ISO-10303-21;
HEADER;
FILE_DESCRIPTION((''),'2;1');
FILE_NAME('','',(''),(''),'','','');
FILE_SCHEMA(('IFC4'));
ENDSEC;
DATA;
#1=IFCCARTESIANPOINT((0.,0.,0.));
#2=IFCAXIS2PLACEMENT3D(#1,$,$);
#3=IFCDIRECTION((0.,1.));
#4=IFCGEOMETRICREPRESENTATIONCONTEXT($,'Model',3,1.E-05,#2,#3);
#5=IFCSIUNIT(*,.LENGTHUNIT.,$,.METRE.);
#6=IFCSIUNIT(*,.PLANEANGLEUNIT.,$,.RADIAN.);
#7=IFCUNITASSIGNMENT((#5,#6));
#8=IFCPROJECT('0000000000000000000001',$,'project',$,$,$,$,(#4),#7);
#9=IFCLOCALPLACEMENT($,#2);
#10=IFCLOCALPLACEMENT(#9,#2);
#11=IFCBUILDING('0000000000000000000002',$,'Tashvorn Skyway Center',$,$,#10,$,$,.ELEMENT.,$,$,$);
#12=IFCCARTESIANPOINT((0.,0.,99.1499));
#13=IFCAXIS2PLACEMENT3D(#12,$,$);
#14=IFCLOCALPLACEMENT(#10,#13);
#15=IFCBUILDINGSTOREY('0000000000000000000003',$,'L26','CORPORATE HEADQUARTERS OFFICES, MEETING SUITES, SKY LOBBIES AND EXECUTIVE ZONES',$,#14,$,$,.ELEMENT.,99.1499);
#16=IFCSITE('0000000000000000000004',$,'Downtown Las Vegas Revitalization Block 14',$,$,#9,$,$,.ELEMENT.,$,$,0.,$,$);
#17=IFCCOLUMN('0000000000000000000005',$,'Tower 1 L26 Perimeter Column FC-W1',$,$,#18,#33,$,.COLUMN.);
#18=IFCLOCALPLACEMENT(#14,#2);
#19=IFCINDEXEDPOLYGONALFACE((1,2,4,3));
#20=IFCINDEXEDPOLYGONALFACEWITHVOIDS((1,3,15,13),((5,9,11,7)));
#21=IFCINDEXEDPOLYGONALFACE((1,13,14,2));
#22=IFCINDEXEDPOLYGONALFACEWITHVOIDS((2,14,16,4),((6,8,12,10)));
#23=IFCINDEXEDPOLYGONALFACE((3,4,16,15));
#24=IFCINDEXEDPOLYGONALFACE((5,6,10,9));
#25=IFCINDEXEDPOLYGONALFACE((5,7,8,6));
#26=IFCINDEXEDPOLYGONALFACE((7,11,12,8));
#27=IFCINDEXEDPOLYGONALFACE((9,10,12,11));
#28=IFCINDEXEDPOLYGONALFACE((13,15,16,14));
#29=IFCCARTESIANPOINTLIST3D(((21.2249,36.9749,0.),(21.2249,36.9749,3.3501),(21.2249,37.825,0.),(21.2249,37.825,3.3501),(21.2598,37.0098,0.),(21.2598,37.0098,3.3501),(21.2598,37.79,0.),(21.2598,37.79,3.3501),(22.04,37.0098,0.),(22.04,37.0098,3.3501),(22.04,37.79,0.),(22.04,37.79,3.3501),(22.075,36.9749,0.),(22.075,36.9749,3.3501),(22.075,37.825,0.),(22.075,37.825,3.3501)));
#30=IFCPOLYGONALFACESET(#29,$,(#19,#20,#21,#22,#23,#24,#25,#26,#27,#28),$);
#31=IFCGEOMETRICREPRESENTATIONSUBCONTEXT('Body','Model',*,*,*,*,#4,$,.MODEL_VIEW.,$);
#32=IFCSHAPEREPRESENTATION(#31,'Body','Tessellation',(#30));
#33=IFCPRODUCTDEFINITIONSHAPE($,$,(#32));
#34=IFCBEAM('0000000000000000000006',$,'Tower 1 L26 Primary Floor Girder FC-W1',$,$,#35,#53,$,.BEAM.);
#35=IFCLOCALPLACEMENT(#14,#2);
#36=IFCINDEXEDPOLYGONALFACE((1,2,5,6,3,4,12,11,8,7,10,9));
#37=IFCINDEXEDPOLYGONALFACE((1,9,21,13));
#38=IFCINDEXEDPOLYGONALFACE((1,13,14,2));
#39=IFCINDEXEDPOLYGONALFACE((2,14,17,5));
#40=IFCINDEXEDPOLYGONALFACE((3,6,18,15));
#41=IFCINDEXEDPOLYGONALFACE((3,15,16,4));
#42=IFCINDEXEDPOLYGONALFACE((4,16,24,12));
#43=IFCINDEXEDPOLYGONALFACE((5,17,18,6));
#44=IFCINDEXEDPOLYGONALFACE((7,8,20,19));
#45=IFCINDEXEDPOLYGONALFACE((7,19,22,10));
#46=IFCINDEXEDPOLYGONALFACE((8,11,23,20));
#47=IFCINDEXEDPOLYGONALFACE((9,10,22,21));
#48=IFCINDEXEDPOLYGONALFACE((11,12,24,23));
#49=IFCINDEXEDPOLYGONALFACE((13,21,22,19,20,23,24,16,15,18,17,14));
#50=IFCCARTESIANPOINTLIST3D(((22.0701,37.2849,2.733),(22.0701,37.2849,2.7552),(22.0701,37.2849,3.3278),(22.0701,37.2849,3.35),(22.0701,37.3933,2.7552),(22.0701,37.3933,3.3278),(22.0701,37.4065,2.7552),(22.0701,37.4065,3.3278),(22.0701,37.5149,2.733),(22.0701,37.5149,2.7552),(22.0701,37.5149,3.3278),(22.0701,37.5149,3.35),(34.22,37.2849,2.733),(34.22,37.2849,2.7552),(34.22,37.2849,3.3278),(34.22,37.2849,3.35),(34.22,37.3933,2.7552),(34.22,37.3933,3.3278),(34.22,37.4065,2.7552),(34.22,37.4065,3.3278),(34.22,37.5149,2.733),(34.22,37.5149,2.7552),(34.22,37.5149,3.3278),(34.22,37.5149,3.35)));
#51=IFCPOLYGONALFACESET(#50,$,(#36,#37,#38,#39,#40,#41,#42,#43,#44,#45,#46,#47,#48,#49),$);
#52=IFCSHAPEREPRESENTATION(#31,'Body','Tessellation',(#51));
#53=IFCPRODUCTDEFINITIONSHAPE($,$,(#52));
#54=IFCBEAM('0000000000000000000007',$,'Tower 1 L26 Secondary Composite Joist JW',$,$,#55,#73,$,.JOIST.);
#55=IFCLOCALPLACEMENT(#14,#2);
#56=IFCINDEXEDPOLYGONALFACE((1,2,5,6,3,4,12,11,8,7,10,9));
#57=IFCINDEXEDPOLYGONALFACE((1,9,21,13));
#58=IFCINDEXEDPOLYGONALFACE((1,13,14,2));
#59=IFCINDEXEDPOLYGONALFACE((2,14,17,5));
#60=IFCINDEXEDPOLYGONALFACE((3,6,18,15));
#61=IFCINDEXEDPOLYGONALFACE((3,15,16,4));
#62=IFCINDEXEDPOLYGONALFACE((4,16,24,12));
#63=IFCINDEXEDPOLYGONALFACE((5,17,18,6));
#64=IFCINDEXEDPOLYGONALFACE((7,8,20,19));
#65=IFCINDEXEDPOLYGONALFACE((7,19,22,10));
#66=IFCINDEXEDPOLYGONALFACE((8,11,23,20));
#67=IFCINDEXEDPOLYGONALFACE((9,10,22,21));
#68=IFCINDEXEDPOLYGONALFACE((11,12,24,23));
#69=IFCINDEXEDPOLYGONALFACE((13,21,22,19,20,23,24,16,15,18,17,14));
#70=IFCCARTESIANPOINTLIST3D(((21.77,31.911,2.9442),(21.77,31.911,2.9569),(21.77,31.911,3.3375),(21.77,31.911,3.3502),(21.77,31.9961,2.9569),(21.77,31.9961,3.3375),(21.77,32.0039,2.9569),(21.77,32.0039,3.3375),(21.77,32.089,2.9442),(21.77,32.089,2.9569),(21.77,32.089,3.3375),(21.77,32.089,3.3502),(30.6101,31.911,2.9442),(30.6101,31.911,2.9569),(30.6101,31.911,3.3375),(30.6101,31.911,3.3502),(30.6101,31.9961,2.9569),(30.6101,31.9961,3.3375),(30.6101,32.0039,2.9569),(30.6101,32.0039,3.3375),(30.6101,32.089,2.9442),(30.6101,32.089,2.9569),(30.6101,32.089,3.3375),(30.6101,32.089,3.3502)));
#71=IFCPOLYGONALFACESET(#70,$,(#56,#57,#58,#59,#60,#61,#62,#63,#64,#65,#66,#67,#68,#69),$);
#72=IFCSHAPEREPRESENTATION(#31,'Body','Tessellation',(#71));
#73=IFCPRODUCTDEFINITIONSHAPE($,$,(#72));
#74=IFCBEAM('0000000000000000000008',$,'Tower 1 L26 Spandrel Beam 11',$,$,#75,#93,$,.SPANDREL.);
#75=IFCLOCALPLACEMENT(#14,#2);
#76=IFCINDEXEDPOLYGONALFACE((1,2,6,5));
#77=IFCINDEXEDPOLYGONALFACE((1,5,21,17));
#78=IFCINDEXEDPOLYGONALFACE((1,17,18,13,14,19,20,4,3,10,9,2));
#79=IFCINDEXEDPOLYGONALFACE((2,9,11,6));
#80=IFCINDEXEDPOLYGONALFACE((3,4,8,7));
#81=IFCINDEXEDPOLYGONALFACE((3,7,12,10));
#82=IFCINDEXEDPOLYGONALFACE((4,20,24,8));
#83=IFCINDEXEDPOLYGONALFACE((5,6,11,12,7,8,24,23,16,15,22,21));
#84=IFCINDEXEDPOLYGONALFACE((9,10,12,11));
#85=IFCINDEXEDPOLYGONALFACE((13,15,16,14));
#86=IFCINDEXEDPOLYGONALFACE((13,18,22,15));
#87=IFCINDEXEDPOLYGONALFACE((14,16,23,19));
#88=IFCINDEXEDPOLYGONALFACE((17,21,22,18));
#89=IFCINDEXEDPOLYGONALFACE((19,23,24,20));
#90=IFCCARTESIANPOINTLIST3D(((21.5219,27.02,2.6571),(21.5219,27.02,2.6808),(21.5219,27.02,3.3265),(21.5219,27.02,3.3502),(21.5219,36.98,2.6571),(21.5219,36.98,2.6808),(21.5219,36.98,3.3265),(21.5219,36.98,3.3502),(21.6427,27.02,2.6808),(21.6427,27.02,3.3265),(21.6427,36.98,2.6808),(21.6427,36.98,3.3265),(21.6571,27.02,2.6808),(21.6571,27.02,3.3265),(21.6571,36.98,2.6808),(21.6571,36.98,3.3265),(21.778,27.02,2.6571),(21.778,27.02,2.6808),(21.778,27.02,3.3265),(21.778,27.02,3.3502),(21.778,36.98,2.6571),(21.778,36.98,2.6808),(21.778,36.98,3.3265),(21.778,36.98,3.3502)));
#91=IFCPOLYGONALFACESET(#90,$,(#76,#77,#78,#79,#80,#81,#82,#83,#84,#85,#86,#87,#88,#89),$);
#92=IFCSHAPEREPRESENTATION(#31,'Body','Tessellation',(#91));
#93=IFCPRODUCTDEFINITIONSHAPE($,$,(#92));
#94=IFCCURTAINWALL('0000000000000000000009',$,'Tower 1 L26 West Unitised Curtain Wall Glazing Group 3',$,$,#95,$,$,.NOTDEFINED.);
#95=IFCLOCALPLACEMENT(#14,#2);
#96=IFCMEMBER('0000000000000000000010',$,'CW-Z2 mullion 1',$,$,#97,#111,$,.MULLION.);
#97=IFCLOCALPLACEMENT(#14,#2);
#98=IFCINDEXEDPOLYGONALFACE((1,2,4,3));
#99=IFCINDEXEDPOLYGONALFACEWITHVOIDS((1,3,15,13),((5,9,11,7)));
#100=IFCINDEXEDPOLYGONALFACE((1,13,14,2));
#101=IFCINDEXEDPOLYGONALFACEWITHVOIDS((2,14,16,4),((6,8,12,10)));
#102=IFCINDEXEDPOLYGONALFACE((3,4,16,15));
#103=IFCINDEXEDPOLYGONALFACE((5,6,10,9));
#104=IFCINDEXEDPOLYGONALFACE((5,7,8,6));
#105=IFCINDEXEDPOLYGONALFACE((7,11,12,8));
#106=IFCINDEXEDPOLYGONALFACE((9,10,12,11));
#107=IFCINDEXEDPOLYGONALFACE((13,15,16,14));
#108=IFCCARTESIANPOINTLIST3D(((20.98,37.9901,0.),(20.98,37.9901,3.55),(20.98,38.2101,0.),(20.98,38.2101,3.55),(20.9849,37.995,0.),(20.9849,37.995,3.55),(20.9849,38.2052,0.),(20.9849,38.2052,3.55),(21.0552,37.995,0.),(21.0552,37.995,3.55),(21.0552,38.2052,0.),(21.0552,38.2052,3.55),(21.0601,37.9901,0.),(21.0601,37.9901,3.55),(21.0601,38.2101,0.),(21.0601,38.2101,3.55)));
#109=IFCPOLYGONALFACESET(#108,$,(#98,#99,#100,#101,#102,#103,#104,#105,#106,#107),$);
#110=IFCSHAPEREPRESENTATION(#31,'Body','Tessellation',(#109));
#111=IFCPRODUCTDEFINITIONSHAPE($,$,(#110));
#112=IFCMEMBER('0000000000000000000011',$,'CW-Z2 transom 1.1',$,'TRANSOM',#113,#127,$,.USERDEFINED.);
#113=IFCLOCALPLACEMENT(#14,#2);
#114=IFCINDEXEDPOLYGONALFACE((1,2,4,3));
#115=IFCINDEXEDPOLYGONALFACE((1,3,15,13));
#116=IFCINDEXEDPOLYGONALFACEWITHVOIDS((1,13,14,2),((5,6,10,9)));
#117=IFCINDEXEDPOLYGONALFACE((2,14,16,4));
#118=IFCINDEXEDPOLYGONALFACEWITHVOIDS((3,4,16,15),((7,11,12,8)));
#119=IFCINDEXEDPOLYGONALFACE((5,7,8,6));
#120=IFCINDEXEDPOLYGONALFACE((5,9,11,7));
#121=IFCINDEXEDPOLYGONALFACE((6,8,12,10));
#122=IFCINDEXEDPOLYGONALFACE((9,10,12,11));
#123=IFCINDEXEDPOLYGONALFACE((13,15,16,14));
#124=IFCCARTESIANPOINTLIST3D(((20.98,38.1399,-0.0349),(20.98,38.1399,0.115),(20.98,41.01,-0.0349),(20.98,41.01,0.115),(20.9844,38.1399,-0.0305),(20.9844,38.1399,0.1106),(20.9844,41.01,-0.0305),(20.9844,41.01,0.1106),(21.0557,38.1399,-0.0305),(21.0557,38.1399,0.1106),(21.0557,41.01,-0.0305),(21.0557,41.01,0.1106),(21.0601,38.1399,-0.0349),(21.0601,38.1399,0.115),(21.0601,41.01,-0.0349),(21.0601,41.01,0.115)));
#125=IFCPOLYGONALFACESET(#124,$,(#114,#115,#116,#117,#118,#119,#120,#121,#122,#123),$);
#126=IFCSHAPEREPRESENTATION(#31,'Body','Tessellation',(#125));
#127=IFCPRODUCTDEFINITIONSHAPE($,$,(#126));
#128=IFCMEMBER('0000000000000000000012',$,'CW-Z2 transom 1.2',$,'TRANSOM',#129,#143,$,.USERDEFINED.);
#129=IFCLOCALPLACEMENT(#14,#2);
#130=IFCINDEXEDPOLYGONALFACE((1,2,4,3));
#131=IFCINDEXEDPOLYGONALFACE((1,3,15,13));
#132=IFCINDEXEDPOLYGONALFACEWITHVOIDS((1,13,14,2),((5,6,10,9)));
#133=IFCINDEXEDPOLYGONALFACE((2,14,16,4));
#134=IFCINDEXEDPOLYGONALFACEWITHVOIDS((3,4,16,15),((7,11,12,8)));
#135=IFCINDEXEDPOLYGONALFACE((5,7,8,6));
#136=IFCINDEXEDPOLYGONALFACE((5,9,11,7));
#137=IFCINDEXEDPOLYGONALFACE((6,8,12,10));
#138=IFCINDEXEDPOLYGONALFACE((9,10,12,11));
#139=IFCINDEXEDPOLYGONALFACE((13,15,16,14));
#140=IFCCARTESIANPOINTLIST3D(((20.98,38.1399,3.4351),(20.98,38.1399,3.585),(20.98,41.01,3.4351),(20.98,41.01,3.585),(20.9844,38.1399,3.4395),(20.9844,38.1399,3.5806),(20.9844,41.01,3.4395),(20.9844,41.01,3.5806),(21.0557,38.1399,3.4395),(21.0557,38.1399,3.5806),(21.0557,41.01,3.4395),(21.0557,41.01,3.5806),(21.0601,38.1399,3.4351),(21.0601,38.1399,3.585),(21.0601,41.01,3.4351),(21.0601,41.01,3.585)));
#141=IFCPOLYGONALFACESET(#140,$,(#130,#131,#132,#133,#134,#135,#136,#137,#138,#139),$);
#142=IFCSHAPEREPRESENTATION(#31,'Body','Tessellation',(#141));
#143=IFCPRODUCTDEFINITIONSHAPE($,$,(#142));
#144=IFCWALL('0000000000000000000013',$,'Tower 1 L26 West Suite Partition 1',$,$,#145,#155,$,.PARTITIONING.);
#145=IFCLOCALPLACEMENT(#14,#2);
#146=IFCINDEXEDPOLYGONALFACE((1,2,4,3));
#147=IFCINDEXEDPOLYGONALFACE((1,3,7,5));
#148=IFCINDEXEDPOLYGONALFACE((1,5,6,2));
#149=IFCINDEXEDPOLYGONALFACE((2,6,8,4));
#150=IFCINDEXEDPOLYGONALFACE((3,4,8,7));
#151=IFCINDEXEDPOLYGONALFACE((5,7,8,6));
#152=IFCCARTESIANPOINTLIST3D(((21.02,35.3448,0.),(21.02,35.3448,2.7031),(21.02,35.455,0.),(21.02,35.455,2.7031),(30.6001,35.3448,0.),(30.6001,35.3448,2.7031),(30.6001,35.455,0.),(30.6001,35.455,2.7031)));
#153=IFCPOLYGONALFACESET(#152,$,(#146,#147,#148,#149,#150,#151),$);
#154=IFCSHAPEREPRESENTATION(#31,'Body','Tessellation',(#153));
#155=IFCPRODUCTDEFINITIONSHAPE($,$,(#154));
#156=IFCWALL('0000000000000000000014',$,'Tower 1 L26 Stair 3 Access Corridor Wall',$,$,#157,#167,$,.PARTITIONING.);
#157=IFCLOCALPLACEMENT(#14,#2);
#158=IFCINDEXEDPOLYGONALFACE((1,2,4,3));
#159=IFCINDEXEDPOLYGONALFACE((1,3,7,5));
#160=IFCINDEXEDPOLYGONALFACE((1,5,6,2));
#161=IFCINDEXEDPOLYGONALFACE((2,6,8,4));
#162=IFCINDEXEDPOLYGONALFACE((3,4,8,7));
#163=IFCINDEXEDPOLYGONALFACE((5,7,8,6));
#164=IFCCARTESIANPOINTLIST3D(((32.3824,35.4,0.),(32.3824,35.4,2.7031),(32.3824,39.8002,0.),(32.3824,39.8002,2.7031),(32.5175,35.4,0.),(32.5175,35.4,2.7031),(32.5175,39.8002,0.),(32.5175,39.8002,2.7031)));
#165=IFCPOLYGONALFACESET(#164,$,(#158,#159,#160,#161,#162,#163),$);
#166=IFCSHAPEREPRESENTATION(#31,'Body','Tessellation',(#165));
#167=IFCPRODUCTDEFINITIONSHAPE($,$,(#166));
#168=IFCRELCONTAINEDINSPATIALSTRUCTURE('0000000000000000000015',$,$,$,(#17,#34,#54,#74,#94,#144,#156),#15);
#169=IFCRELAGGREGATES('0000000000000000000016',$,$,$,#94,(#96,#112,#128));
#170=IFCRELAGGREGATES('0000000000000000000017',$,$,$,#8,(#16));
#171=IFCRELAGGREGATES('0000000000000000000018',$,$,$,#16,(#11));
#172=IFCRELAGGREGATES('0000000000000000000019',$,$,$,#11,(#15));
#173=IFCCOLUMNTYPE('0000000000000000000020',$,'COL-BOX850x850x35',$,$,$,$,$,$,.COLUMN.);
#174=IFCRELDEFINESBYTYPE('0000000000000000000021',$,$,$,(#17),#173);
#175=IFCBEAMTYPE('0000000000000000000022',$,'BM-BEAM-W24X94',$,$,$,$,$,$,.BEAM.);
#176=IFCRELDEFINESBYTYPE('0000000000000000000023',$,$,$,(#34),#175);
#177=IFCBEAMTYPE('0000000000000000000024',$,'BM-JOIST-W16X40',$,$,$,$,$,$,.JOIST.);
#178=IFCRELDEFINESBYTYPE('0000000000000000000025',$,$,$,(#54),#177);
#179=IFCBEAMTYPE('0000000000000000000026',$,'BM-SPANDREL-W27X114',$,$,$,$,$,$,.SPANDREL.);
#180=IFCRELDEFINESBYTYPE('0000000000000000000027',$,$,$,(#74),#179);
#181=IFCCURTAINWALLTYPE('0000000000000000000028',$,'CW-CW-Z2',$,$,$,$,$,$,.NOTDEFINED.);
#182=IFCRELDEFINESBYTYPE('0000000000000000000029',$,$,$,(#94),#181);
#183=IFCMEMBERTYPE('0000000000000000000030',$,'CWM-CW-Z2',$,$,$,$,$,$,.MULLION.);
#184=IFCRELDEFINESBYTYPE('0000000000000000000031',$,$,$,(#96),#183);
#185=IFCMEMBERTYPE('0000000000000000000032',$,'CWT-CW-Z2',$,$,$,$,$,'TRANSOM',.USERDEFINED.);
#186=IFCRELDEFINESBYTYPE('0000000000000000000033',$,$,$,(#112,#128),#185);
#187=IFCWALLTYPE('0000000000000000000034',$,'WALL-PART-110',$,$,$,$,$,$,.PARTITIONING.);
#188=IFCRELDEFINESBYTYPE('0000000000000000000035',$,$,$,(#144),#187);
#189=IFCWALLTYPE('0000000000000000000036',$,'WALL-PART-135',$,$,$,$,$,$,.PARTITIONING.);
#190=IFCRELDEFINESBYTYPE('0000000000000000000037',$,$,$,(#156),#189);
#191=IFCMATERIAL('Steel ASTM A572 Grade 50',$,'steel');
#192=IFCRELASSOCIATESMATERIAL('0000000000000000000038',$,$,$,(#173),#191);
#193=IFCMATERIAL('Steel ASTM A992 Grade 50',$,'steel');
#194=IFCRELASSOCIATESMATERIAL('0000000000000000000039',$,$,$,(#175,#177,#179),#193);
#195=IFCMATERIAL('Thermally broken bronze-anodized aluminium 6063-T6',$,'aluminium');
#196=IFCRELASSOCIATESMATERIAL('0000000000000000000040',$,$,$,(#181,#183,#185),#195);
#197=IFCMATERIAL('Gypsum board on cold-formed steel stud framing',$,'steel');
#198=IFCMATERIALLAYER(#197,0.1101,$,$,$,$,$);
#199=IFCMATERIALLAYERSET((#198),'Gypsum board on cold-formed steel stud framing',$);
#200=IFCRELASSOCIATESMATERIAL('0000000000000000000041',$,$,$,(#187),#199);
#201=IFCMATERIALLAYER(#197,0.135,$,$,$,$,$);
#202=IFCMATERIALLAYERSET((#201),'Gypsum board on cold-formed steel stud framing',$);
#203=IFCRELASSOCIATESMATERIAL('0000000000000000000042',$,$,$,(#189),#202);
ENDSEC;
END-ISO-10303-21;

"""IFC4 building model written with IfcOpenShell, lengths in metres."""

from ifc_helpers import new_model, si_unit, direction, frame, frame_2d, origin, origin_2d, place, context, subcontext, project, spatial, rectangle, hollow_rectangle, i_section, extrude, material, layer, layer_set, material_profile, profile_set, type_object, element, aggregate, save


model = new_model("IFC4")

# Units and contexts
model_context = context("Model", 3, precision=1e-05, world=origin(), true_north=direction((0.0, 1.0)))
body_context = subcontext(model_context, "Body", "Model", "MODEL_VIEW")
ifc_project = project(units=[si_unit("LENGTHUNIT", "METRE"), si_unit("PLANEANGLEUNIT", "RADIAN")], contexts=[model_context])

# Site, building, storey
site_placement = place(None, origin())
site = spatial("IfcSite", under=ifc_project, at=site_placement, Name="Downtown Las Vegas Revitalization Block 14", CompositionType="ELEMENT", RefElevation=0.0)
building_placement = place(site_placement, origin())
building = spatial("IfcBuilding", under=site, at=building_placement, Name="Tashvorn Skyway Center", CompositionType="ELEMENT")
storey_placement = place(building_placement, frame((0.0, 0.0, 99.1499)))
storey = spatial("IfcBuildingStorey", under=building, at=storey_placement, Name="L26", Description="CORPORATE HEADQUARTERS OFFICES, MEETING SUITES, SKY LOBBIES AND EXECUTIVE ZONES", CompositionType="ELEMENT", Elevation=99.1499)

# Column
ifc_material_1 = material(Name="Steel ASTM A572 Grade 50", Category="steel")
ifc_material_profile_1 = material_profile(ifc_material_1, hollow_rectangle(XDim=0.8501, YDim=0.8501, WallThickness=0.0349, at=origin_2d()), Name="BOX850x850x35")
ifc_profile_set_1 = profile_set([ifc_material_profile_1], Name="Steel ASTM A572 Grade 50")
column_type = type_object("IfcColumnType", Name="COL-BOX850x850x35", PredefinedType="COLUMN", material=ifc_profile_set_1)
column_placement = place(storey_placement, frame((21.6499, 37.3999, 0.0), z_axis=(0.0, 0.0, 1.0), x_axis=(1.0, 0.0, 0.0)))
element("IfcColumn", 1, at=column_placement, inside=storey, type_object=column_type, Name="Tower 1 L26 Perimeter Column FC-W1", PredefinedType="COLUMN", context=body_context, shape_type="SweptSolid", body=[
    extrude(hollow_rectangle(XDim=0.8501, YDim=0.8501, WallThickness=0.0349, at=origin_2d()), origin(), (0.0, 0.0, 1.0), 3.3501),
])

# Beams
ifc_material_2 = material(Name="Steel ASTM A992 Grade 50", Category="steel")
ifc_material_profile_2 = material_profile(ifc_material_2, i_section(OverallWidth=0.23, OverallDepth=0.6169, WebThickness=0.0132, FlangeThickness=0.0222, at=origin_2d()), Name="W24X94")
ifc_profile_set_2 = profile_set([ifc_material_profile_2], Name="Steel ASTM A992 Grade 50")
beam_type_1 = type_object("IfcBeamType", Name="BM-BEAM-W24X94", PredefinedType="BEAM", material=ifc_profile_set_2)
beam_1_placement = place(storey_placement, frame((22.0701, 37.3999, 3.0415), z_axis=(1.0, 0.0, 0.0), x_axis=(0.0, 1.0, 0.0)))
element("IfcBeam", 2, at=beam_1_placement, inside=storey, type_object=beam_type_1, Name="Tower 1 L26 Primary Floor Girder FC-W1", PredefinedType="BEAM", context=body_context, shape_type="SweptSolid", body=[
    extrude(i_section(OverallWidth=0.23, OverallDepth=0.6169, WebThickness=0.0132, FlangeThickness=0.0222, at=origin_2d()), origin(), (0.0, 0.0, 1.0), 12.1499),
])
ifc_material_profile_3 = material_profile(ifc_material_2, i_section(OverallWidth=0.178, OverallDepth=0.406, WebThickness=0.0078, FlangeThickness=0.0127, at=origin_2d()), Name="W16X40")
ifc_profile_set_3 = profile_set([ifc_material_profile_3], Name="Steel ASTM A992 Grade 50")
beam_type_2 = type_object("IfcBeamType", Name="BM-JOIST-W16X40", PredefinedType="JOIST", material=ifc_profile_set_3)
beam_2_placement = place(storey_placement, frame((30.6101, 32.0, 3.1472), z_axis=(-1.0, 0.0, 0.0), x_axis=(0.0, -1.0, 0.0)))
element("IfcBeam", 3, at=beam_2_placement, inside=storey, type_object=beam_type_2, Name="Tower 1 L26 Secondary Composite Joist JW", PredefinedType="JOIST", context=body_context, shape_type="SweptSolid", body=[
    extrude(i_section(OverallWidth=0.178, OverallDepth=0.406, WebThickness=0.0078, FlangeThickness=0.0127, at=origin_2d()), origin(), (0.0, 0.0, 1.0), 8.8401),
])
ifc_material_profile_4 = material_profile(ifc_material_2, i_section(OverallWidth=0.2561, OverallDepth=0.6931, WebThickness=0.0144, FlangeThickness=0.0237, at=origin_2d()), Name="W27X114")
ifc_profile_set_4 = profile_set([ifc_material_profile_4], Name="Steel ASTM A992 Grade 50")
beam_type_3 = type_object("IfcBeamType", Name="BM-SPANDREL-W27X114", PredefinedType="SPANDREL", material=ifc_profile_set_4)
beam_3_placement = place(storey_placement, frame((21.6499, 36.98, 3.0037), z_axis=(0.0, -1.0, 0.0), x_axis=(1.0, 0.0, 0.0)))
element("IfcBeam", 4, at=beam_3_placement, inside=storey, type_object=beam_type_3, Name="Tower 1 L26 Spandrel Beam 11", PredefinedType="SPANDREL", context=body_context, shape_type="SweptSolid", body=[
    extrude(i_section(OverallWidth=0.2561, OverallDepth=0.6931, WebThickness=0.0144, FlangeThickness=0.0237, at=origin_2d()), origin(), (0.0, 0.0, 1.0), 9.96),
])

# Curtain wall, members
ifc_material_3 = material(Name="Thermally broken bronze-anodized aluminium 6063-T6", Category="aluminium")
curtain_wall_type = type_object("IfcCurtainWallType", Name="CW-CW-Z2", PredefinedType="NOTDEFINED", material=ifc_material_3)
curtain_wall_placement = place(storey_placement, origin())
curtain_wall = element("IfcCurtainWall", 5, at=curtain_wall_placement, inside=storey, type_object=curtain_wall_type, Name="Tower 1 L26 West Unitised Curtain Wall Glazing Group 3", PredefinedType="NOTDEFINED")
ifc_material_profile_5 = material_profile(ifc_material_3, hollow_rectangle(XDim=0.0801, YDim=0.22, WallThickness=0.0049, at=origin_2d()), Name="ALU-MULL-80x220")
ifc_profile_set_5 = profile_set([ifc_material_profile_5], Name="Thermally broken bronze-anodized aluminium 6063-T6")
member_type_1 = type_object("IfcMemberType", Name="CWM-CW-Z2", PredefinedType="MULLION", material=ifc_profile_set_5)
member_1_placement = place(storey_placement, frame((21.02, 38.1001, 0.0), z_axis=(0.0, 0.0, 1.0), x_axis=(-1.0, 0.0, 0.0)))
member_1 = element("IfcMember", 6, at=member_1_placement, type_object=member_type_1, Name="CW-Z2 mullion 1", PredefinedType="MULLION", context=body_context, shape_type="SweptSolid", body=[
    extrude(hollow_rectangle(XDim=0.0801, YDim=0.22, WallThickness=0.0049, at=origin_2d()), origin(), (0.0, 0.0, 1.0), 3.55),
])
ifc_material_profile_6 = material_profile(ifc_material_3, hollow_rectangle(XDim=0.0801, YDim=0.1499, WallThickness=0.0044, at=origin_2d()), Name="ALU-TRAN-80x150")
ifc_profile_set_6 = profile_set([ifc_material_profile_6], Name="Thermally broken bronze-anodized aluminium 6063-T6")
member_type_2 = type_object("IfcMemberType", Name="CWT-CW-Z2", ElementType="TRANSOM", PredefinedType="USERDEFINED", material=ifc_profile_set_6)
member_2_placement = place(storey_placement, frame((21.02, 38.1399, 0.04), z_axis=(0.0, 1.0, 0.0), x_axis=(-1.0, 0.0, 0.0)))
member_2 = element("IfcMember", 7, at=member_2_placement, type_object=member_type_2, Name="CW-Z2 transom 1.1", ObjectType="TRANSOM", PredefinedType="USERDEFINED", context=body_context, shape_type="SweptSolid", body=[
    extrude(hollow_rectangle(XDim=0.0801, YDim=0.1499, WallThickness=0.0044, at=origin_2d()), origin(), (0.0, 0.0, 1.0), 2.8701),
])
member_3_placement = place(storey_placement, frame((21.02, 38.1399, 3.51), z_axis=(0.0, 1.0, 0.0), x_axis=(-1.0, 0.0, 0.0)))
member_3 = element("IfcMember", 8, at=member_3_placement, type_object=member_type_2, Name="CW-Z2 transom 1.2", ObjectType="TRANSOM", PredefinedType="USERDEFINED", context=body_context, shape_type="SweptSolid", body=[
    extrude(hollow_rectangle(XDim=0.0801, YDim=0.1499, WallThickness=0.0044, at=origin_2d()), origin(), (0.0, 0.0, 1.0), 2.8701),
])
aggregate(curtain_wall, [member_1, member_2, member_3])

# Walls
ifc_material_4 = material(Name="Gypsum board on cold-formed steel stud framing", Category="steel")
ifc_layer_1 = layer(ifc_material_4, 0.1101)
ifc_layer_set_1 = layer_set([ifc_layer_1], Name="Gypsum board on cold-formed steel stud framing")
wall_type_1 = type_object("IfcWallType", Name="WALL-PART-110", PredefinedType="PARTITIONING", material=ifc_layer_set_1)
wall_1_placement = place(storey_placement, frame((30.6001, 35.3999, 0.0), z_axis=(0.0, 0.0, 1.0), x_axis=(-1.0, 0.0, 0.0)))
element("IfcWall", 9, at=wall_1_placement, inside=storey, type_object=wall_type_1, Name="Tower 1 L26 West Suite Partition 1", PredefinedType="PARTITIONING", context=body_context, shape_type="SweptSolid", body=[
    extrude(rectangle(XDim=9.5801, YDim=0.1101, at=frame_2d((4.79, 0.0))), origin(), (0.0, 0.0, 1.0), 2.7031),
])
ifc_layer_2 = layer(ifc_material_4, 0.135)
ifc_layer_set_2 = layer_set([ifc_layer_2], Name="Gypsum board on cold-formed steel stud framing")
wall_type_2 = type_object("IfcWallType", Name="WALL-PART-135", PredefinedType="PARTITIONING", material=ifc_layer_set_2)
wall_2_placement = place(storey_placement, frame((32.45, 35.3999, 0.0), z_axis=(0.0, 0.0, 1.0), x_axis=(0.0, 1.0, 0.0)))
element("IfcWall", 10, at=wall_2_placement, inside=storey, type_object=wall_type_2, Name="Tower 1 L26 Stair 3 Access Corridor Wall", PredefinedType="PARTITIONING", context=body_context, shape_type="SweptSolid", body=[
    extrude(rectangle(XDim=4.4001, YDim=0.135, at=frame_2d((2.2002, 0.0))), origin(), (0.0, 0.0, 1.0), 2.7031),
])

save(model, "model.ifc")
